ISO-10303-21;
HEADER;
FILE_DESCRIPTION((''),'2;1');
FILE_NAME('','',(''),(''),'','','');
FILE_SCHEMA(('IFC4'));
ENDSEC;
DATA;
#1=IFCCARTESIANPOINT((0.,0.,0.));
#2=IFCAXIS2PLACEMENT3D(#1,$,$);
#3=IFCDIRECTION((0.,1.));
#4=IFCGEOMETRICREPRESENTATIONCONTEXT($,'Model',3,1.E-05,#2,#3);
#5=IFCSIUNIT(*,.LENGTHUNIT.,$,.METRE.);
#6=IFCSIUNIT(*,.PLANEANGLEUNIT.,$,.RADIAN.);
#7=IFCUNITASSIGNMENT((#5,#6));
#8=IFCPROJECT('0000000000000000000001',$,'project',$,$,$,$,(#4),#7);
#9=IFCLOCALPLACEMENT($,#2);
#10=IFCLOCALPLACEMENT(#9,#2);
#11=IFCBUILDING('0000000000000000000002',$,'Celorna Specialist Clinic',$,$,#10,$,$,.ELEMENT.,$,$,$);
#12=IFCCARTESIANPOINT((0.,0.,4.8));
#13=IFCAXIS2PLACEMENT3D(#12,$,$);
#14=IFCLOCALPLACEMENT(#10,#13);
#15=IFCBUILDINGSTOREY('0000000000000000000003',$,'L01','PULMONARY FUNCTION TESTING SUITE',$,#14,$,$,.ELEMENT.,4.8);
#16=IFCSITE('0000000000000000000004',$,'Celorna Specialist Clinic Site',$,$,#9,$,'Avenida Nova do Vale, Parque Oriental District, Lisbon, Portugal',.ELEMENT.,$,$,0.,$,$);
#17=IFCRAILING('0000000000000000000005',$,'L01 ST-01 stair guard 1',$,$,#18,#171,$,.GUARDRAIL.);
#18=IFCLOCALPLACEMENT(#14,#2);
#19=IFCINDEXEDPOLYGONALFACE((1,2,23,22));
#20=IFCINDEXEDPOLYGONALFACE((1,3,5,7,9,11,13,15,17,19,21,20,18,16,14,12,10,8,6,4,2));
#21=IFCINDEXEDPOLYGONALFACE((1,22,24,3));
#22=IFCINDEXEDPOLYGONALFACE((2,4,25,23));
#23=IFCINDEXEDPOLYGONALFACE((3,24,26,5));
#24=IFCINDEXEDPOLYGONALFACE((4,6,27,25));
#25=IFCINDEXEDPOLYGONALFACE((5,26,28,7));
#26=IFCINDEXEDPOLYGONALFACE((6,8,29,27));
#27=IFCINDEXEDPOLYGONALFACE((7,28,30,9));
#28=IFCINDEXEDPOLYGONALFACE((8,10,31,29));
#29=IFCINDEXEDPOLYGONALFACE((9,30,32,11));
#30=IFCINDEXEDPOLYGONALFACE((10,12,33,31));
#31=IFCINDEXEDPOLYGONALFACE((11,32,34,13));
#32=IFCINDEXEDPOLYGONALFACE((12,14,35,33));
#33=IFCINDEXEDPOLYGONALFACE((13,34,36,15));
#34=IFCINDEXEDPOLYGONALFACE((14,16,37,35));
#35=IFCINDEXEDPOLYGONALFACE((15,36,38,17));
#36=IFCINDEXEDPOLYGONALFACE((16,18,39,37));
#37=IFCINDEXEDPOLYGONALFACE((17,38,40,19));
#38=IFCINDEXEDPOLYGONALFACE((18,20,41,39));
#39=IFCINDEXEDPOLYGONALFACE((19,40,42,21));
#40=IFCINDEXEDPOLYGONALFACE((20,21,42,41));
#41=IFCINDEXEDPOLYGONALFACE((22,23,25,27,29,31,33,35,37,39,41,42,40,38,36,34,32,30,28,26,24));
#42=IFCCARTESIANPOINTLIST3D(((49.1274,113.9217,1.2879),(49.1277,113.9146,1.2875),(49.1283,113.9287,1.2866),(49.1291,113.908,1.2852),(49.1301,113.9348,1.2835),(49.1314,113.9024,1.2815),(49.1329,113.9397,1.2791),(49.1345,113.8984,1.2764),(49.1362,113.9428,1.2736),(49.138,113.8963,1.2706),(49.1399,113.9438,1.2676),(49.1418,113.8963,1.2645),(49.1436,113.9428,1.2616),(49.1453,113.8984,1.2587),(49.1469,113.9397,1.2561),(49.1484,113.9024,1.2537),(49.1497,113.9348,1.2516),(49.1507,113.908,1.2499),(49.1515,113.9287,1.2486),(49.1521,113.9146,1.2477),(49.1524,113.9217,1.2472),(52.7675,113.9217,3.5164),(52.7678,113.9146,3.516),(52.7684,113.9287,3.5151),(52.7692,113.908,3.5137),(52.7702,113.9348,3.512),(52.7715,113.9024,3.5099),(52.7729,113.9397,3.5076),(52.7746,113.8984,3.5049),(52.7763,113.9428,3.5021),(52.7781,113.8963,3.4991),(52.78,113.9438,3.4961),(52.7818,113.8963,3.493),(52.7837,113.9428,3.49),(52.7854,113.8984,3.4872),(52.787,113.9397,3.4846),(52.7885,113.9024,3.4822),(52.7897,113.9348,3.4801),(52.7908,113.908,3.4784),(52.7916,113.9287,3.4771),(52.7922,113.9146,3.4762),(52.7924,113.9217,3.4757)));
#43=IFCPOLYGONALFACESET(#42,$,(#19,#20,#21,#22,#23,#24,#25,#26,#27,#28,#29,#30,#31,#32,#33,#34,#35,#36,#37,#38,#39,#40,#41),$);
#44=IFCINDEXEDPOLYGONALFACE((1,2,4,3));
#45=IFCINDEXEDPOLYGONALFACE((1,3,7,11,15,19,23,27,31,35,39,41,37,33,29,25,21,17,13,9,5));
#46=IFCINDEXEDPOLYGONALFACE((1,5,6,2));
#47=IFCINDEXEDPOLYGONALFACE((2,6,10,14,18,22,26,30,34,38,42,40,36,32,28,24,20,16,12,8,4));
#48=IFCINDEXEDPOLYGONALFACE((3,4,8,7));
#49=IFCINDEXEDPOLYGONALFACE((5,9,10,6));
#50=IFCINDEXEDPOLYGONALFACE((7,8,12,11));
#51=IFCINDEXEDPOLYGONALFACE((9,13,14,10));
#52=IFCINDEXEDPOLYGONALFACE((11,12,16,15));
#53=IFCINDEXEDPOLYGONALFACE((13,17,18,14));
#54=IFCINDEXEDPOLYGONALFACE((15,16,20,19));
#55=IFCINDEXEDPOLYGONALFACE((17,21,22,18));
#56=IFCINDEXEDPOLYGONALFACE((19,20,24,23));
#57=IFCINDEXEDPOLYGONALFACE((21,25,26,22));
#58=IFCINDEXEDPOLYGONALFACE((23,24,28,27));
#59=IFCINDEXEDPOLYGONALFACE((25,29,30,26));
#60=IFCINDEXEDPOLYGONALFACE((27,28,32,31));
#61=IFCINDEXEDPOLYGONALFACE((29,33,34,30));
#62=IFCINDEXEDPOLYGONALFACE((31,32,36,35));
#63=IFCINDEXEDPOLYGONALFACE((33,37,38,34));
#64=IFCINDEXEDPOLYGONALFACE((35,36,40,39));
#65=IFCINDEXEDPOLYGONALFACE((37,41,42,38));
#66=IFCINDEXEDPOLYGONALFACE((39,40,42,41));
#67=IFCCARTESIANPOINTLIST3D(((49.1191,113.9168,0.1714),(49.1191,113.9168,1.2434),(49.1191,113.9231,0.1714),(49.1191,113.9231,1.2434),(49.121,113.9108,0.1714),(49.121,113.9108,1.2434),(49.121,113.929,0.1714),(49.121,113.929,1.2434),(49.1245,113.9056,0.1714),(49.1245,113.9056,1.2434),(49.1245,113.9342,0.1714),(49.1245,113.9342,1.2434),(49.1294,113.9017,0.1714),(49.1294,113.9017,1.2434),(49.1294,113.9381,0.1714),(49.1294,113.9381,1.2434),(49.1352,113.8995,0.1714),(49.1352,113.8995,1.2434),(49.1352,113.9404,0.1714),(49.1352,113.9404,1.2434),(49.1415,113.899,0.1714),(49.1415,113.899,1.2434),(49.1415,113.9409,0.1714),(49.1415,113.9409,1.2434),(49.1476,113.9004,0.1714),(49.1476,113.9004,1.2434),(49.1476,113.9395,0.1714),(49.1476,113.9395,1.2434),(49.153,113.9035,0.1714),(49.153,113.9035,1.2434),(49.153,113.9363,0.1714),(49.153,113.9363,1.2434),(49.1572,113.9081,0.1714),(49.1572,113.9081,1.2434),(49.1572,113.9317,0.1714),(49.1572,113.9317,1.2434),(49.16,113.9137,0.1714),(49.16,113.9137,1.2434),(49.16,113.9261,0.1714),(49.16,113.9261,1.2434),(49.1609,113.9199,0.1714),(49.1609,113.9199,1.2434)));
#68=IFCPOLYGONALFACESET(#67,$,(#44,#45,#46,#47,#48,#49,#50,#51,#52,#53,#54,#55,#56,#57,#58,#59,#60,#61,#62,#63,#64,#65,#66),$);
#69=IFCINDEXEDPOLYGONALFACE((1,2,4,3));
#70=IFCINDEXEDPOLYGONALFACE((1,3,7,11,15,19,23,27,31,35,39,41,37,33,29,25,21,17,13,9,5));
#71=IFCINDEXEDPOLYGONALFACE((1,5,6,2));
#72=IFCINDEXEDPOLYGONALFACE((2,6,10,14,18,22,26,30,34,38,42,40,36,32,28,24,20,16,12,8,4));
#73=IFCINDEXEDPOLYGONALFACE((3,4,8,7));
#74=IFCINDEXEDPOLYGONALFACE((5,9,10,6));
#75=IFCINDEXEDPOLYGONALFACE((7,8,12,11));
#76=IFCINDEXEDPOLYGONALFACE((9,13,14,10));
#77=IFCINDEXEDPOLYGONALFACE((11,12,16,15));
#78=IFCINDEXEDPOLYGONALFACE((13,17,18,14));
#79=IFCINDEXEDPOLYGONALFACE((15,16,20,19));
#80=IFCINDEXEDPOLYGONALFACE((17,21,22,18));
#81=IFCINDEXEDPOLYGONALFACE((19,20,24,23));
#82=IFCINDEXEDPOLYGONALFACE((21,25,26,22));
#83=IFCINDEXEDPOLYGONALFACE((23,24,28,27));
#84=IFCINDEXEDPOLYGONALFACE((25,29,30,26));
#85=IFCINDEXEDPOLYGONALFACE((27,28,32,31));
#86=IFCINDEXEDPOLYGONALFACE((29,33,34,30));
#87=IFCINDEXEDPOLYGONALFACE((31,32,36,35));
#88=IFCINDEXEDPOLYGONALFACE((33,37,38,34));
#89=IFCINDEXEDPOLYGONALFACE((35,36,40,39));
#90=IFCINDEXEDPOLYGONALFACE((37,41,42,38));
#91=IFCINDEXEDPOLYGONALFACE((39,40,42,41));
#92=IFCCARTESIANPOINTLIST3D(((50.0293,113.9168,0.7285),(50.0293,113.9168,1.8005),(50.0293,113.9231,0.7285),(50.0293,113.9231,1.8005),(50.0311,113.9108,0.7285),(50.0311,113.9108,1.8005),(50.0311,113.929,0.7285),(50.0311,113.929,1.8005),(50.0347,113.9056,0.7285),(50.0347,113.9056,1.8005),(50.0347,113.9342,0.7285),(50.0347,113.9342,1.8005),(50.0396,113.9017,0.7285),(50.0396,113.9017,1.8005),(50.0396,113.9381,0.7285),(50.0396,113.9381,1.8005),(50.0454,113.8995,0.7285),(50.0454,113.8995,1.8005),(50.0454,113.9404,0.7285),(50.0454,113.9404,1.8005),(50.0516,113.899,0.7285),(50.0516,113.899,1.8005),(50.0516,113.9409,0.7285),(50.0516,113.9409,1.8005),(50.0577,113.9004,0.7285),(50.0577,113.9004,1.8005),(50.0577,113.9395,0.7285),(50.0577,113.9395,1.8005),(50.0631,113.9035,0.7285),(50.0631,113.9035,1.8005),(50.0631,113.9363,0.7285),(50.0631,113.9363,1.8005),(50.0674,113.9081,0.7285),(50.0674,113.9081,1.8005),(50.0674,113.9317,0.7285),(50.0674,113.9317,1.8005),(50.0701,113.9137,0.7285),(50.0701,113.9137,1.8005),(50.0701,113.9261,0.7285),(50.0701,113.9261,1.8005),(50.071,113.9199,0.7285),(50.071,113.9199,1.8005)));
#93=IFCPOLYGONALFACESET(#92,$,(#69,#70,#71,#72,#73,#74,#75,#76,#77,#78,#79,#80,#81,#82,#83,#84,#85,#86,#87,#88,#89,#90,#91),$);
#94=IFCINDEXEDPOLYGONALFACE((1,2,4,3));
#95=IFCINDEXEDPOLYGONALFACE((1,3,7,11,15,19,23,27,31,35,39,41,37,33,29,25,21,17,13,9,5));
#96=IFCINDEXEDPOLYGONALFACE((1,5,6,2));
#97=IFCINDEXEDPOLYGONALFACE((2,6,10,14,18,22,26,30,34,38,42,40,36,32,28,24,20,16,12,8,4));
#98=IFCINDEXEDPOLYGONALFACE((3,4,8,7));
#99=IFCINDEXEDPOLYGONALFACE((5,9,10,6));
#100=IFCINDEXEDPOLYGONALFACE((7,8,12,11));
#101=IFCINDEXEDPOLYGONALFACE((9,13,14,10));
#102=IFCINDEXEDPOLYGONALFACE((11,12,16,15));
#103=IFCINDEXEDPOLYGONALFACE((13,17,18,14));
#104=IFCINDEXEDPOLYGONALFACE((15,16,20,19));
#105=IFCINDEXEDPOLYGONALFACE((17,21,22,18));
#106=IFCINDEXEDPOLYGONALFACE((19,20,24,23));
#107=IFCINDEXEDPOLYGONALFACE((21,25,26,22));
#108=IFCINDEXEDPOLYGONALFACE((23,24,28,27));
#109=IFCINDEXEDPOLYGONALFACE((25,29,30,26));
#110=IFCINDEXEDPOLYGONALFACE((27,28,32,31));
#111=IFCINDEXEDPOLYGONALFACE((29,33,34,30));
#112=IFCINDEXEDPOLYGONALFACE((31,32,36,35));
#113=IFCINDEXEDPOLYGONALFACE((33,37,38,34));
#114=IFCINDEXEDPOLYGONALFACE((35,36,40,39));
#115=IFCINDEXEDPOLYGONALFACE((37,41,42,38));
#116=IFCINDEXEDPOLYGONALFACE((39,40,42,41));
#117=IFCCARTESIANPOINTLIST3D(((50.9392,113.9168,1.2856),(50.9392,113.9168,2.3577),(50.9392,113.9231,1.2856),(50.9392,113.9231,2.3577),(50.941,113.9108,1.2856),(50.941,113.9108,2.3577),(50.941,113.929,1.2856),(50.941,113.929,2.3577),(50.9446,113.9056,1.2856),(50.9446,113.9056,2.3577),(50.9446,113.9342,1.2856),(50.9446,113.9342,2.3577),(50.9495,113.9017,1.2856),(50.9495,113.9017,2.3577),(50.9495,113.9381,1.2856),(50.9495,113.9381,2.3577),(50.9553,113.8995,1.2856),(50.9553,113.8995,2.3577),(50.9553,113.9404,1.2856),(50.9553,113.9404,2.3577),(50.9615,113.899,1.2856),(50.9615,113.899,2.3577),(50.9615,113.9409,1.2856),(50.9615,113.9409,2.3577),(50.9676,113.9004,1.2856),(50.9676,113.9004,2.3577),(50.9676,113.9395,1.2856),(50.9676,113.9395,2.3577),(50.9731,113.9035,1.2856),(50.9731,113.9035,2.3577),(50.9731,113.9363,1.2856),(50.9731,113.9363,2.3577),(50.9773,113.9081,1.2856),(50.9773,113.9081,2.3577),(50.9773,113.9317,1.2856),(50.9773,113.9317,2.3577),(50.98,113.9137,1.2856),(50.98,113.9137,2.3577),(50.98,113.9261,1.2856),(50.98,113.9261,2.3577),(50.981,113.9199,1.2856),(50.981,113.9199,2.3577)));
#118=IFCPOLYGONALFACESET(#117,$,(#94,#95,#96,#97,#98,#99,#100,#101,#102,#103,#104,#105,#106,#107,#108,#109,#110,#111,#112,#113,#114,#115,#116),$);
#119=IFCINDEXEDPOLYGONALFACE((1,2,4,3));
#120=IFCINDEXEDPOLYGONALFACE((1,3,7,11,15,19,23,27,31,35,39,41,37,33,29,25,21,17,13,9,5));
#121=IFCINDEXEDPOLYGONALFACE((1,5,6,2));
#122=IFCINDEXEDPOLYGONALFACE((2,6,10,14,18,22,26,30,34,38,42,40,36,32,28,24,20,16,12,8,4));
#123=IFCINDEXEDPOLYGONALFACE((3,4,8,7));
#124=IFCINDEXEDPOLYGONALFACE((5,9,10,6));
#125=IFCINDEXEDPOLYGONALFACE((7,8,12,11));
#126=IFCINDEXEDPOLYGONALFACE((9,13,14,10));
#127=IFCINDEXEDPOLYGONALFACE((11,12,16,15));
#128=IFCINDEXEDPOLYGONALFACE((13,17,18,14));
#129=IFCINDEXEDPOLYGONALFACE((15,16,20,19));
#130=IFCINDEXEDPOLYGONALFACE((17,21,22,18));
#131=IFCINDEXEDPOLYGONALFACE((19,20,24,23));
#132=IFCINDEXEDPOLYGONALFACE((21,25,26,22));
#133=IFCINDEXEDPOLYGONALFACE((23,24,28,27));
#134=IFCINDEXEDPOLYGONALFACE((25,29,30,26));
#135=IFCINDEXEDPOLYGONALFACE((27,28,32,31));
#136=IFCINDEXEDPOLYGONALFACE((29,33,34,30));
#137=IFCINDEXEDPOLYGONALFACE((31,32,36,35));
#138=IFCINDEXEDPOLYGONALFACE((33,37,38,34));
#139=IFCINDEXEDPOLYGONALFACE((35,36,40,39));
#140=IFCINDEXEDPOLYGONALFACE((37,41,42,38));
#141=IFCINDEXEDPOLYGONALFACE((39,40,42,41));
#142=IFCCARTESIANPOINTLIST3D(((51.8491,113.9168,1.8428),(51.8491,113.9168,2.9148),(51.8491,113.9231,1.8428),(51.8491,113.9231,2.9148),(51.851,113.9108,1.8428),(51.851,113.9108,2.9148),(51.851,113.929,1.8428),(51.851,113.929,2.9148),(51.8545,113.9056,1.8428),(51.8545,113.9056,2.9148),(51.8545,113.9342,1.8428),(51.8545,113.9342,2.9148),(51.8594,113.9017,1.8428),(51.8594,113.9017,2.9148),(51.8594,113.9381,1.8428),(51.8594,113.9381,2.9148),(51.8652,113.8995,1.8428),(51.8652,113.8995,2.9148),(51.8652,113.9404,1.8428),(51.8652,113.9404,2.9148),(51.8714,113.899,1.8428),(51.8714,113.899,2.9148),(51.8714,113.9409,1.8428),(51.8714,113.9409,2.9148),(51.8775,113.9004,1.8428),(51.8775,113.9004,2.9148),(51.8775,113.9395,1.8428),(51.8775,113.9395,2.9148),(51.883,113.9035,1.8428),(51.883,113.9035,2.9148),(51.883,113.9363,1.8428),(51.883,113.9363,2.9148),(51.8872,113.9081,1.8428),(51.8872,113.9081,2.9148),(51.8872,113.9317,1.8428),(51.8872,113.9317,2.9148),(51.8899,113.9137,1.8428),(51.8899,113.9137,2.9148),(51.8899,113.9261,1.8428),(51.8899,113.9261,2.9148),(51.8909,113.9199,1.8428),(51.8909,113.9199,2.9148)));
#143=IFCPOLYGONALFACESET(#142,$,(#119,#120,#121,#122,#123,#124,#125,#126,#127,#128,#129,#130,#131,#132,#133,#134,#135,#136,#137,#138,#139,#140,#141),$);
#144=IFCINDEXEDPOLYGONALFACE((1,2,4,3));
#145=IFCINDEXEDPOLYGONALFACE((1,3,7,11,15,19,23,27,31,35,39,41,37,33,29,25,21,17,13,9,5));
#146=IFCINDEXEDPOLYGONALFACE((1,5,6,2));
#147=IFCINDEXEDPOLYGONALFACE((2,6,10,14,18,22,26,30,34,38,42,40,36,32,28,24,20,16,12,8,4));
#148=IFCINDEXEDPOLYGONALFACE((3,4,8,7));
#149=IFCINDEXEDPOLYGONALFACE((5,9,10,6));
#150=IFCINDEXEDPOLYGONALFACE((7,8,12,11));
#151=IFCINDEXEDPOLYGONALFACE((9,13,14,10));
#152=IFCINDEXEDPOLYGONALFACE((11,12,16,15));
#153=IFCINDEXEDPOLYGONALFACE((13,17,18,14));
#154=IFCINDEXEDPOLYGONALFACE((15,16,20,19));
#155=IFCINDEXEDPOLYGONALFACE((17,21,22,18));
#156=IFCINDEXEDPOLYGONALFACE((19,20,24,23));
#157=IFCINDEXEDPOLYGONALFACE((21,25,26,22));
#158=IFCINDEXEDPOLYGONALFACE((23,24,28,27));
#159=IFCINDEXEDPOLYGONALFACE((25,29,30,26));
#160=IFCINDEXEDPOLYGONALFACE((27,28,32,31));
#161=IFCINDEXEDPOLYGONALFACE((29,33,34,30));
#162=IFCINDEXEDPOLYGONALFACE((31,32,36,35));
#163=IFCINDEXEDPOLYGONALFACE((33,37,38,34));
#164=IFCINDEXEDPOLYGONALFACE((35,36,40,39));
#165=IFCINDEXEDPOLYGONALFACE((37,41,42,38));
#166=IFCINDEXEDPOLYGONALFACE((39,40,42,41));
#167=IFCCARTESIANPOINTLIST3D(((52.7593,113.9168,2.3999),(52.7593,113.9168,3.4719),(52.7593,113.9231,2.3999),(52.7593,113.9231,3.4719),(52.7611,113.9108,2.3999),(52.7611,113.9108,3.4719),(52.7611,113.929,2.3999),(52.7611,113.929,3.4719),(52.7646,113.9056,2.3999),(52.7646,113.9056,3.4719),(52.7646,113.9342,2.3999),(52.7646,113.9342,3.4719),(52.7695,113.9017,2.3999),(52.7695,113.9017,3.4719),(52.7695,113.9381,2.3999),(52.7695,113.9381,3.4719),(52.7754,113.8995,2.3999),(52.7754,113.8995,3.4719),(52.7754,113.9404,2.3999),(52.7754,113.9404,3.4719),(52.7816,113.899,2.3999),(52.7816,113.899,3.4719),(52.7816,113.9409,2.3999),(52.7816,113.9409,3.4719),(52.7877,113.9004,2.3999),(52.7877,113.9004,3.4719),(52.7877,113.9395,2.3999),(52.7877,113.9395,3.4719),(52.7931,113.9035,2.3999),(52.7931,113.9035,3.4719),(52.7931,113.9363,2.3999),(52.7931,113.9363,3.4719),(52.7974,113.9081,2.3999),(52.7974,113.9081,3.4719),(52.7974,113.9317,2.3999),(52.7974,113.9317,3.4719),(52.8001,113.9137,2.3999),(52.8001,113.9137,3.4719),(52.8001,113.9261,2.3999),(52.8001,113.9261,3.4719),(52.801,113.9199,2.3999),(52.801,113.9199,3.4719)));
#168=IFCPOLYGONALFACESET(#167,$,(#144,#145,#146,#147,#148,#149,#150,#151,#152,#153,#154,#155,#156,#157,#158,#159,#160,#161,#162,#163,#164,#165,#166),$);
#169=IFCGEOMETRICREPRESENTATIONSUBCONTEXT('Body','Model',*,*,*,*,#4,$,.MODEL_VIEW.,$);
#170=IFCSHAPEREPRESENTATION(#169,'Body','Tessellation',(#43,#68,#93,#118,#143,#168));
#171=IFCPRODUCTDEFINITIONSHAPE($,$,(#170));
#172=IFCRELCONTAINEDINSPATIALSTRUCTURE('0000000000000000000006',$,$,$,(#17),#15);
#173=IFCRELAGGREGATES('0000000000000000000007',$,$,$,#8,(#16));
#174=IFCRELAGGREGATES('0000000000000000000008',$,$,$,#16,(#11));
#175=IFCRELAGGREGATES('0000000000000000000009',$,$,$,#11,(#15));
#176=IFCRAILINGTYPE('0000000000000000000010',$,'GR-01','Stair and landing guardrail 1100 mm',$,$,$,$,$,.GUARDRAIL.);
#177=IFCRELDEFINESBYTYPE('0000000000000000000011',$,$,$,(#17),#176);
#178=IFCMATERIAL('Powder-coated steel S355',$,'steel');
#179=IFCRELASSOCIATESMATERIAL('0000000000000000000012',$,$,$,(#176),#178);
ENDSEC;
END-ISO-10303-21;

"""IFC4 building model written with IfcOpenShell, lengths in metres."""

from ifc_helpers import new_model, si_unit, direction, frame, origin, origin_2d, place, context, subcontext, project, spatial, circle, extrude, material, type_object, element, save


model = new_model("IFC4")

# Units and contexts
model_context = context("Model", 3, precision=1e-05, world=origin(), true_north=direction((0.0, 1.0)))
body_context = subcontext(model_context, "Body", "Model", "MODEL_VIEW")
ifc_project = project(units=[si_unit("LENGTHUNIT", "METRE"), si_unit("PLANEANGLEUNIT", "RADIAN")], contexts=[model_context])

# Site, building, storey
site_placement = place(None, origin())
site = spatial("IfcSite", under=ifc_project, at=site_placement, Name="Celorna Specialist Clinic Site", LongName="Avenida Nova do Vale, Parque Oriental District, Lisbon, Portugal", CompositionType="ELEMENT", RefElevation=0.0)
building_placement = place(site_placement, origin())
building = spatial("IfcBuilding", under=site, at=building_placement, Name="Celorna Specialist Clinic", CompositionType="ELEMENT")
storey_placement = place(building_placement, frame((0.0, 0.0, 4.8)))
storey = spatial("IfcBuildingStorey", under=building, at=storey_placement, Name="L01", Description="PULMONARY FUNCTION TESTING SUITE", CompositionType="ELEMENT", Elevation=4.8)

# Railing
ifc_material_1 = material(Name="Powder-coated steel S355", Category="steel")
railing_type_1 = type_object("IfcRailingType", Name="GR-01", Description="Stair and landing guardrail 1100 mm", PredefinedType="GUARDRAIL", material=ifc_material_1)
railing_1_placement = place(storey_placement, frame((49.1399, 113.9199, 0.1714)))
element("IfcRailing", 1, at=railing_1_placement, inside=storey, type_object=railing_type_1, Name="L01 ST-01 stair guard 1", PredefinedType="GUARDRAIL", context=body_context, shape_type="SweptSolid", body=[
    extrude(circle(Radius=0.0239, at=origin_2d()), frame((0.0, 0.0, 1.0962), z_axis=(0.852866, 0.0, 0.52213), x_axis=(0.0, 1.0, 0.0)), (0.0, 0.0, 1.0), 4.2681),
    extrude(circle(Radius=0.021, at=origin_2d()), origin(), (0.0, 0.0, 1.0), 1.072),
    extrude(circle(Radius=0.021, at=origin_2d()), frame((0.9102, 0.0, 0.5571)), (0.0, 0.0, 1.0), 1.072),
    extrude(circle(Radius=0.021, at=origin_2d()), frame((1.8201, 0.0, 1.1143)), (0.0, 0.0, 1.0), 1.072),
    extrude(circle(Radius=0.021, at=origin_2d()), frame((2.73, 0.0, 1.6714)), (0.0, 0.0, 1.0), 1.072),
    extrude(circle(Radius=0.021, at=origin_2d()), frame((3.6401, 0.0, 2.2285)), (0.0, 0.0, 1.0), 1.072),
])

save(model, "model.ifc")
